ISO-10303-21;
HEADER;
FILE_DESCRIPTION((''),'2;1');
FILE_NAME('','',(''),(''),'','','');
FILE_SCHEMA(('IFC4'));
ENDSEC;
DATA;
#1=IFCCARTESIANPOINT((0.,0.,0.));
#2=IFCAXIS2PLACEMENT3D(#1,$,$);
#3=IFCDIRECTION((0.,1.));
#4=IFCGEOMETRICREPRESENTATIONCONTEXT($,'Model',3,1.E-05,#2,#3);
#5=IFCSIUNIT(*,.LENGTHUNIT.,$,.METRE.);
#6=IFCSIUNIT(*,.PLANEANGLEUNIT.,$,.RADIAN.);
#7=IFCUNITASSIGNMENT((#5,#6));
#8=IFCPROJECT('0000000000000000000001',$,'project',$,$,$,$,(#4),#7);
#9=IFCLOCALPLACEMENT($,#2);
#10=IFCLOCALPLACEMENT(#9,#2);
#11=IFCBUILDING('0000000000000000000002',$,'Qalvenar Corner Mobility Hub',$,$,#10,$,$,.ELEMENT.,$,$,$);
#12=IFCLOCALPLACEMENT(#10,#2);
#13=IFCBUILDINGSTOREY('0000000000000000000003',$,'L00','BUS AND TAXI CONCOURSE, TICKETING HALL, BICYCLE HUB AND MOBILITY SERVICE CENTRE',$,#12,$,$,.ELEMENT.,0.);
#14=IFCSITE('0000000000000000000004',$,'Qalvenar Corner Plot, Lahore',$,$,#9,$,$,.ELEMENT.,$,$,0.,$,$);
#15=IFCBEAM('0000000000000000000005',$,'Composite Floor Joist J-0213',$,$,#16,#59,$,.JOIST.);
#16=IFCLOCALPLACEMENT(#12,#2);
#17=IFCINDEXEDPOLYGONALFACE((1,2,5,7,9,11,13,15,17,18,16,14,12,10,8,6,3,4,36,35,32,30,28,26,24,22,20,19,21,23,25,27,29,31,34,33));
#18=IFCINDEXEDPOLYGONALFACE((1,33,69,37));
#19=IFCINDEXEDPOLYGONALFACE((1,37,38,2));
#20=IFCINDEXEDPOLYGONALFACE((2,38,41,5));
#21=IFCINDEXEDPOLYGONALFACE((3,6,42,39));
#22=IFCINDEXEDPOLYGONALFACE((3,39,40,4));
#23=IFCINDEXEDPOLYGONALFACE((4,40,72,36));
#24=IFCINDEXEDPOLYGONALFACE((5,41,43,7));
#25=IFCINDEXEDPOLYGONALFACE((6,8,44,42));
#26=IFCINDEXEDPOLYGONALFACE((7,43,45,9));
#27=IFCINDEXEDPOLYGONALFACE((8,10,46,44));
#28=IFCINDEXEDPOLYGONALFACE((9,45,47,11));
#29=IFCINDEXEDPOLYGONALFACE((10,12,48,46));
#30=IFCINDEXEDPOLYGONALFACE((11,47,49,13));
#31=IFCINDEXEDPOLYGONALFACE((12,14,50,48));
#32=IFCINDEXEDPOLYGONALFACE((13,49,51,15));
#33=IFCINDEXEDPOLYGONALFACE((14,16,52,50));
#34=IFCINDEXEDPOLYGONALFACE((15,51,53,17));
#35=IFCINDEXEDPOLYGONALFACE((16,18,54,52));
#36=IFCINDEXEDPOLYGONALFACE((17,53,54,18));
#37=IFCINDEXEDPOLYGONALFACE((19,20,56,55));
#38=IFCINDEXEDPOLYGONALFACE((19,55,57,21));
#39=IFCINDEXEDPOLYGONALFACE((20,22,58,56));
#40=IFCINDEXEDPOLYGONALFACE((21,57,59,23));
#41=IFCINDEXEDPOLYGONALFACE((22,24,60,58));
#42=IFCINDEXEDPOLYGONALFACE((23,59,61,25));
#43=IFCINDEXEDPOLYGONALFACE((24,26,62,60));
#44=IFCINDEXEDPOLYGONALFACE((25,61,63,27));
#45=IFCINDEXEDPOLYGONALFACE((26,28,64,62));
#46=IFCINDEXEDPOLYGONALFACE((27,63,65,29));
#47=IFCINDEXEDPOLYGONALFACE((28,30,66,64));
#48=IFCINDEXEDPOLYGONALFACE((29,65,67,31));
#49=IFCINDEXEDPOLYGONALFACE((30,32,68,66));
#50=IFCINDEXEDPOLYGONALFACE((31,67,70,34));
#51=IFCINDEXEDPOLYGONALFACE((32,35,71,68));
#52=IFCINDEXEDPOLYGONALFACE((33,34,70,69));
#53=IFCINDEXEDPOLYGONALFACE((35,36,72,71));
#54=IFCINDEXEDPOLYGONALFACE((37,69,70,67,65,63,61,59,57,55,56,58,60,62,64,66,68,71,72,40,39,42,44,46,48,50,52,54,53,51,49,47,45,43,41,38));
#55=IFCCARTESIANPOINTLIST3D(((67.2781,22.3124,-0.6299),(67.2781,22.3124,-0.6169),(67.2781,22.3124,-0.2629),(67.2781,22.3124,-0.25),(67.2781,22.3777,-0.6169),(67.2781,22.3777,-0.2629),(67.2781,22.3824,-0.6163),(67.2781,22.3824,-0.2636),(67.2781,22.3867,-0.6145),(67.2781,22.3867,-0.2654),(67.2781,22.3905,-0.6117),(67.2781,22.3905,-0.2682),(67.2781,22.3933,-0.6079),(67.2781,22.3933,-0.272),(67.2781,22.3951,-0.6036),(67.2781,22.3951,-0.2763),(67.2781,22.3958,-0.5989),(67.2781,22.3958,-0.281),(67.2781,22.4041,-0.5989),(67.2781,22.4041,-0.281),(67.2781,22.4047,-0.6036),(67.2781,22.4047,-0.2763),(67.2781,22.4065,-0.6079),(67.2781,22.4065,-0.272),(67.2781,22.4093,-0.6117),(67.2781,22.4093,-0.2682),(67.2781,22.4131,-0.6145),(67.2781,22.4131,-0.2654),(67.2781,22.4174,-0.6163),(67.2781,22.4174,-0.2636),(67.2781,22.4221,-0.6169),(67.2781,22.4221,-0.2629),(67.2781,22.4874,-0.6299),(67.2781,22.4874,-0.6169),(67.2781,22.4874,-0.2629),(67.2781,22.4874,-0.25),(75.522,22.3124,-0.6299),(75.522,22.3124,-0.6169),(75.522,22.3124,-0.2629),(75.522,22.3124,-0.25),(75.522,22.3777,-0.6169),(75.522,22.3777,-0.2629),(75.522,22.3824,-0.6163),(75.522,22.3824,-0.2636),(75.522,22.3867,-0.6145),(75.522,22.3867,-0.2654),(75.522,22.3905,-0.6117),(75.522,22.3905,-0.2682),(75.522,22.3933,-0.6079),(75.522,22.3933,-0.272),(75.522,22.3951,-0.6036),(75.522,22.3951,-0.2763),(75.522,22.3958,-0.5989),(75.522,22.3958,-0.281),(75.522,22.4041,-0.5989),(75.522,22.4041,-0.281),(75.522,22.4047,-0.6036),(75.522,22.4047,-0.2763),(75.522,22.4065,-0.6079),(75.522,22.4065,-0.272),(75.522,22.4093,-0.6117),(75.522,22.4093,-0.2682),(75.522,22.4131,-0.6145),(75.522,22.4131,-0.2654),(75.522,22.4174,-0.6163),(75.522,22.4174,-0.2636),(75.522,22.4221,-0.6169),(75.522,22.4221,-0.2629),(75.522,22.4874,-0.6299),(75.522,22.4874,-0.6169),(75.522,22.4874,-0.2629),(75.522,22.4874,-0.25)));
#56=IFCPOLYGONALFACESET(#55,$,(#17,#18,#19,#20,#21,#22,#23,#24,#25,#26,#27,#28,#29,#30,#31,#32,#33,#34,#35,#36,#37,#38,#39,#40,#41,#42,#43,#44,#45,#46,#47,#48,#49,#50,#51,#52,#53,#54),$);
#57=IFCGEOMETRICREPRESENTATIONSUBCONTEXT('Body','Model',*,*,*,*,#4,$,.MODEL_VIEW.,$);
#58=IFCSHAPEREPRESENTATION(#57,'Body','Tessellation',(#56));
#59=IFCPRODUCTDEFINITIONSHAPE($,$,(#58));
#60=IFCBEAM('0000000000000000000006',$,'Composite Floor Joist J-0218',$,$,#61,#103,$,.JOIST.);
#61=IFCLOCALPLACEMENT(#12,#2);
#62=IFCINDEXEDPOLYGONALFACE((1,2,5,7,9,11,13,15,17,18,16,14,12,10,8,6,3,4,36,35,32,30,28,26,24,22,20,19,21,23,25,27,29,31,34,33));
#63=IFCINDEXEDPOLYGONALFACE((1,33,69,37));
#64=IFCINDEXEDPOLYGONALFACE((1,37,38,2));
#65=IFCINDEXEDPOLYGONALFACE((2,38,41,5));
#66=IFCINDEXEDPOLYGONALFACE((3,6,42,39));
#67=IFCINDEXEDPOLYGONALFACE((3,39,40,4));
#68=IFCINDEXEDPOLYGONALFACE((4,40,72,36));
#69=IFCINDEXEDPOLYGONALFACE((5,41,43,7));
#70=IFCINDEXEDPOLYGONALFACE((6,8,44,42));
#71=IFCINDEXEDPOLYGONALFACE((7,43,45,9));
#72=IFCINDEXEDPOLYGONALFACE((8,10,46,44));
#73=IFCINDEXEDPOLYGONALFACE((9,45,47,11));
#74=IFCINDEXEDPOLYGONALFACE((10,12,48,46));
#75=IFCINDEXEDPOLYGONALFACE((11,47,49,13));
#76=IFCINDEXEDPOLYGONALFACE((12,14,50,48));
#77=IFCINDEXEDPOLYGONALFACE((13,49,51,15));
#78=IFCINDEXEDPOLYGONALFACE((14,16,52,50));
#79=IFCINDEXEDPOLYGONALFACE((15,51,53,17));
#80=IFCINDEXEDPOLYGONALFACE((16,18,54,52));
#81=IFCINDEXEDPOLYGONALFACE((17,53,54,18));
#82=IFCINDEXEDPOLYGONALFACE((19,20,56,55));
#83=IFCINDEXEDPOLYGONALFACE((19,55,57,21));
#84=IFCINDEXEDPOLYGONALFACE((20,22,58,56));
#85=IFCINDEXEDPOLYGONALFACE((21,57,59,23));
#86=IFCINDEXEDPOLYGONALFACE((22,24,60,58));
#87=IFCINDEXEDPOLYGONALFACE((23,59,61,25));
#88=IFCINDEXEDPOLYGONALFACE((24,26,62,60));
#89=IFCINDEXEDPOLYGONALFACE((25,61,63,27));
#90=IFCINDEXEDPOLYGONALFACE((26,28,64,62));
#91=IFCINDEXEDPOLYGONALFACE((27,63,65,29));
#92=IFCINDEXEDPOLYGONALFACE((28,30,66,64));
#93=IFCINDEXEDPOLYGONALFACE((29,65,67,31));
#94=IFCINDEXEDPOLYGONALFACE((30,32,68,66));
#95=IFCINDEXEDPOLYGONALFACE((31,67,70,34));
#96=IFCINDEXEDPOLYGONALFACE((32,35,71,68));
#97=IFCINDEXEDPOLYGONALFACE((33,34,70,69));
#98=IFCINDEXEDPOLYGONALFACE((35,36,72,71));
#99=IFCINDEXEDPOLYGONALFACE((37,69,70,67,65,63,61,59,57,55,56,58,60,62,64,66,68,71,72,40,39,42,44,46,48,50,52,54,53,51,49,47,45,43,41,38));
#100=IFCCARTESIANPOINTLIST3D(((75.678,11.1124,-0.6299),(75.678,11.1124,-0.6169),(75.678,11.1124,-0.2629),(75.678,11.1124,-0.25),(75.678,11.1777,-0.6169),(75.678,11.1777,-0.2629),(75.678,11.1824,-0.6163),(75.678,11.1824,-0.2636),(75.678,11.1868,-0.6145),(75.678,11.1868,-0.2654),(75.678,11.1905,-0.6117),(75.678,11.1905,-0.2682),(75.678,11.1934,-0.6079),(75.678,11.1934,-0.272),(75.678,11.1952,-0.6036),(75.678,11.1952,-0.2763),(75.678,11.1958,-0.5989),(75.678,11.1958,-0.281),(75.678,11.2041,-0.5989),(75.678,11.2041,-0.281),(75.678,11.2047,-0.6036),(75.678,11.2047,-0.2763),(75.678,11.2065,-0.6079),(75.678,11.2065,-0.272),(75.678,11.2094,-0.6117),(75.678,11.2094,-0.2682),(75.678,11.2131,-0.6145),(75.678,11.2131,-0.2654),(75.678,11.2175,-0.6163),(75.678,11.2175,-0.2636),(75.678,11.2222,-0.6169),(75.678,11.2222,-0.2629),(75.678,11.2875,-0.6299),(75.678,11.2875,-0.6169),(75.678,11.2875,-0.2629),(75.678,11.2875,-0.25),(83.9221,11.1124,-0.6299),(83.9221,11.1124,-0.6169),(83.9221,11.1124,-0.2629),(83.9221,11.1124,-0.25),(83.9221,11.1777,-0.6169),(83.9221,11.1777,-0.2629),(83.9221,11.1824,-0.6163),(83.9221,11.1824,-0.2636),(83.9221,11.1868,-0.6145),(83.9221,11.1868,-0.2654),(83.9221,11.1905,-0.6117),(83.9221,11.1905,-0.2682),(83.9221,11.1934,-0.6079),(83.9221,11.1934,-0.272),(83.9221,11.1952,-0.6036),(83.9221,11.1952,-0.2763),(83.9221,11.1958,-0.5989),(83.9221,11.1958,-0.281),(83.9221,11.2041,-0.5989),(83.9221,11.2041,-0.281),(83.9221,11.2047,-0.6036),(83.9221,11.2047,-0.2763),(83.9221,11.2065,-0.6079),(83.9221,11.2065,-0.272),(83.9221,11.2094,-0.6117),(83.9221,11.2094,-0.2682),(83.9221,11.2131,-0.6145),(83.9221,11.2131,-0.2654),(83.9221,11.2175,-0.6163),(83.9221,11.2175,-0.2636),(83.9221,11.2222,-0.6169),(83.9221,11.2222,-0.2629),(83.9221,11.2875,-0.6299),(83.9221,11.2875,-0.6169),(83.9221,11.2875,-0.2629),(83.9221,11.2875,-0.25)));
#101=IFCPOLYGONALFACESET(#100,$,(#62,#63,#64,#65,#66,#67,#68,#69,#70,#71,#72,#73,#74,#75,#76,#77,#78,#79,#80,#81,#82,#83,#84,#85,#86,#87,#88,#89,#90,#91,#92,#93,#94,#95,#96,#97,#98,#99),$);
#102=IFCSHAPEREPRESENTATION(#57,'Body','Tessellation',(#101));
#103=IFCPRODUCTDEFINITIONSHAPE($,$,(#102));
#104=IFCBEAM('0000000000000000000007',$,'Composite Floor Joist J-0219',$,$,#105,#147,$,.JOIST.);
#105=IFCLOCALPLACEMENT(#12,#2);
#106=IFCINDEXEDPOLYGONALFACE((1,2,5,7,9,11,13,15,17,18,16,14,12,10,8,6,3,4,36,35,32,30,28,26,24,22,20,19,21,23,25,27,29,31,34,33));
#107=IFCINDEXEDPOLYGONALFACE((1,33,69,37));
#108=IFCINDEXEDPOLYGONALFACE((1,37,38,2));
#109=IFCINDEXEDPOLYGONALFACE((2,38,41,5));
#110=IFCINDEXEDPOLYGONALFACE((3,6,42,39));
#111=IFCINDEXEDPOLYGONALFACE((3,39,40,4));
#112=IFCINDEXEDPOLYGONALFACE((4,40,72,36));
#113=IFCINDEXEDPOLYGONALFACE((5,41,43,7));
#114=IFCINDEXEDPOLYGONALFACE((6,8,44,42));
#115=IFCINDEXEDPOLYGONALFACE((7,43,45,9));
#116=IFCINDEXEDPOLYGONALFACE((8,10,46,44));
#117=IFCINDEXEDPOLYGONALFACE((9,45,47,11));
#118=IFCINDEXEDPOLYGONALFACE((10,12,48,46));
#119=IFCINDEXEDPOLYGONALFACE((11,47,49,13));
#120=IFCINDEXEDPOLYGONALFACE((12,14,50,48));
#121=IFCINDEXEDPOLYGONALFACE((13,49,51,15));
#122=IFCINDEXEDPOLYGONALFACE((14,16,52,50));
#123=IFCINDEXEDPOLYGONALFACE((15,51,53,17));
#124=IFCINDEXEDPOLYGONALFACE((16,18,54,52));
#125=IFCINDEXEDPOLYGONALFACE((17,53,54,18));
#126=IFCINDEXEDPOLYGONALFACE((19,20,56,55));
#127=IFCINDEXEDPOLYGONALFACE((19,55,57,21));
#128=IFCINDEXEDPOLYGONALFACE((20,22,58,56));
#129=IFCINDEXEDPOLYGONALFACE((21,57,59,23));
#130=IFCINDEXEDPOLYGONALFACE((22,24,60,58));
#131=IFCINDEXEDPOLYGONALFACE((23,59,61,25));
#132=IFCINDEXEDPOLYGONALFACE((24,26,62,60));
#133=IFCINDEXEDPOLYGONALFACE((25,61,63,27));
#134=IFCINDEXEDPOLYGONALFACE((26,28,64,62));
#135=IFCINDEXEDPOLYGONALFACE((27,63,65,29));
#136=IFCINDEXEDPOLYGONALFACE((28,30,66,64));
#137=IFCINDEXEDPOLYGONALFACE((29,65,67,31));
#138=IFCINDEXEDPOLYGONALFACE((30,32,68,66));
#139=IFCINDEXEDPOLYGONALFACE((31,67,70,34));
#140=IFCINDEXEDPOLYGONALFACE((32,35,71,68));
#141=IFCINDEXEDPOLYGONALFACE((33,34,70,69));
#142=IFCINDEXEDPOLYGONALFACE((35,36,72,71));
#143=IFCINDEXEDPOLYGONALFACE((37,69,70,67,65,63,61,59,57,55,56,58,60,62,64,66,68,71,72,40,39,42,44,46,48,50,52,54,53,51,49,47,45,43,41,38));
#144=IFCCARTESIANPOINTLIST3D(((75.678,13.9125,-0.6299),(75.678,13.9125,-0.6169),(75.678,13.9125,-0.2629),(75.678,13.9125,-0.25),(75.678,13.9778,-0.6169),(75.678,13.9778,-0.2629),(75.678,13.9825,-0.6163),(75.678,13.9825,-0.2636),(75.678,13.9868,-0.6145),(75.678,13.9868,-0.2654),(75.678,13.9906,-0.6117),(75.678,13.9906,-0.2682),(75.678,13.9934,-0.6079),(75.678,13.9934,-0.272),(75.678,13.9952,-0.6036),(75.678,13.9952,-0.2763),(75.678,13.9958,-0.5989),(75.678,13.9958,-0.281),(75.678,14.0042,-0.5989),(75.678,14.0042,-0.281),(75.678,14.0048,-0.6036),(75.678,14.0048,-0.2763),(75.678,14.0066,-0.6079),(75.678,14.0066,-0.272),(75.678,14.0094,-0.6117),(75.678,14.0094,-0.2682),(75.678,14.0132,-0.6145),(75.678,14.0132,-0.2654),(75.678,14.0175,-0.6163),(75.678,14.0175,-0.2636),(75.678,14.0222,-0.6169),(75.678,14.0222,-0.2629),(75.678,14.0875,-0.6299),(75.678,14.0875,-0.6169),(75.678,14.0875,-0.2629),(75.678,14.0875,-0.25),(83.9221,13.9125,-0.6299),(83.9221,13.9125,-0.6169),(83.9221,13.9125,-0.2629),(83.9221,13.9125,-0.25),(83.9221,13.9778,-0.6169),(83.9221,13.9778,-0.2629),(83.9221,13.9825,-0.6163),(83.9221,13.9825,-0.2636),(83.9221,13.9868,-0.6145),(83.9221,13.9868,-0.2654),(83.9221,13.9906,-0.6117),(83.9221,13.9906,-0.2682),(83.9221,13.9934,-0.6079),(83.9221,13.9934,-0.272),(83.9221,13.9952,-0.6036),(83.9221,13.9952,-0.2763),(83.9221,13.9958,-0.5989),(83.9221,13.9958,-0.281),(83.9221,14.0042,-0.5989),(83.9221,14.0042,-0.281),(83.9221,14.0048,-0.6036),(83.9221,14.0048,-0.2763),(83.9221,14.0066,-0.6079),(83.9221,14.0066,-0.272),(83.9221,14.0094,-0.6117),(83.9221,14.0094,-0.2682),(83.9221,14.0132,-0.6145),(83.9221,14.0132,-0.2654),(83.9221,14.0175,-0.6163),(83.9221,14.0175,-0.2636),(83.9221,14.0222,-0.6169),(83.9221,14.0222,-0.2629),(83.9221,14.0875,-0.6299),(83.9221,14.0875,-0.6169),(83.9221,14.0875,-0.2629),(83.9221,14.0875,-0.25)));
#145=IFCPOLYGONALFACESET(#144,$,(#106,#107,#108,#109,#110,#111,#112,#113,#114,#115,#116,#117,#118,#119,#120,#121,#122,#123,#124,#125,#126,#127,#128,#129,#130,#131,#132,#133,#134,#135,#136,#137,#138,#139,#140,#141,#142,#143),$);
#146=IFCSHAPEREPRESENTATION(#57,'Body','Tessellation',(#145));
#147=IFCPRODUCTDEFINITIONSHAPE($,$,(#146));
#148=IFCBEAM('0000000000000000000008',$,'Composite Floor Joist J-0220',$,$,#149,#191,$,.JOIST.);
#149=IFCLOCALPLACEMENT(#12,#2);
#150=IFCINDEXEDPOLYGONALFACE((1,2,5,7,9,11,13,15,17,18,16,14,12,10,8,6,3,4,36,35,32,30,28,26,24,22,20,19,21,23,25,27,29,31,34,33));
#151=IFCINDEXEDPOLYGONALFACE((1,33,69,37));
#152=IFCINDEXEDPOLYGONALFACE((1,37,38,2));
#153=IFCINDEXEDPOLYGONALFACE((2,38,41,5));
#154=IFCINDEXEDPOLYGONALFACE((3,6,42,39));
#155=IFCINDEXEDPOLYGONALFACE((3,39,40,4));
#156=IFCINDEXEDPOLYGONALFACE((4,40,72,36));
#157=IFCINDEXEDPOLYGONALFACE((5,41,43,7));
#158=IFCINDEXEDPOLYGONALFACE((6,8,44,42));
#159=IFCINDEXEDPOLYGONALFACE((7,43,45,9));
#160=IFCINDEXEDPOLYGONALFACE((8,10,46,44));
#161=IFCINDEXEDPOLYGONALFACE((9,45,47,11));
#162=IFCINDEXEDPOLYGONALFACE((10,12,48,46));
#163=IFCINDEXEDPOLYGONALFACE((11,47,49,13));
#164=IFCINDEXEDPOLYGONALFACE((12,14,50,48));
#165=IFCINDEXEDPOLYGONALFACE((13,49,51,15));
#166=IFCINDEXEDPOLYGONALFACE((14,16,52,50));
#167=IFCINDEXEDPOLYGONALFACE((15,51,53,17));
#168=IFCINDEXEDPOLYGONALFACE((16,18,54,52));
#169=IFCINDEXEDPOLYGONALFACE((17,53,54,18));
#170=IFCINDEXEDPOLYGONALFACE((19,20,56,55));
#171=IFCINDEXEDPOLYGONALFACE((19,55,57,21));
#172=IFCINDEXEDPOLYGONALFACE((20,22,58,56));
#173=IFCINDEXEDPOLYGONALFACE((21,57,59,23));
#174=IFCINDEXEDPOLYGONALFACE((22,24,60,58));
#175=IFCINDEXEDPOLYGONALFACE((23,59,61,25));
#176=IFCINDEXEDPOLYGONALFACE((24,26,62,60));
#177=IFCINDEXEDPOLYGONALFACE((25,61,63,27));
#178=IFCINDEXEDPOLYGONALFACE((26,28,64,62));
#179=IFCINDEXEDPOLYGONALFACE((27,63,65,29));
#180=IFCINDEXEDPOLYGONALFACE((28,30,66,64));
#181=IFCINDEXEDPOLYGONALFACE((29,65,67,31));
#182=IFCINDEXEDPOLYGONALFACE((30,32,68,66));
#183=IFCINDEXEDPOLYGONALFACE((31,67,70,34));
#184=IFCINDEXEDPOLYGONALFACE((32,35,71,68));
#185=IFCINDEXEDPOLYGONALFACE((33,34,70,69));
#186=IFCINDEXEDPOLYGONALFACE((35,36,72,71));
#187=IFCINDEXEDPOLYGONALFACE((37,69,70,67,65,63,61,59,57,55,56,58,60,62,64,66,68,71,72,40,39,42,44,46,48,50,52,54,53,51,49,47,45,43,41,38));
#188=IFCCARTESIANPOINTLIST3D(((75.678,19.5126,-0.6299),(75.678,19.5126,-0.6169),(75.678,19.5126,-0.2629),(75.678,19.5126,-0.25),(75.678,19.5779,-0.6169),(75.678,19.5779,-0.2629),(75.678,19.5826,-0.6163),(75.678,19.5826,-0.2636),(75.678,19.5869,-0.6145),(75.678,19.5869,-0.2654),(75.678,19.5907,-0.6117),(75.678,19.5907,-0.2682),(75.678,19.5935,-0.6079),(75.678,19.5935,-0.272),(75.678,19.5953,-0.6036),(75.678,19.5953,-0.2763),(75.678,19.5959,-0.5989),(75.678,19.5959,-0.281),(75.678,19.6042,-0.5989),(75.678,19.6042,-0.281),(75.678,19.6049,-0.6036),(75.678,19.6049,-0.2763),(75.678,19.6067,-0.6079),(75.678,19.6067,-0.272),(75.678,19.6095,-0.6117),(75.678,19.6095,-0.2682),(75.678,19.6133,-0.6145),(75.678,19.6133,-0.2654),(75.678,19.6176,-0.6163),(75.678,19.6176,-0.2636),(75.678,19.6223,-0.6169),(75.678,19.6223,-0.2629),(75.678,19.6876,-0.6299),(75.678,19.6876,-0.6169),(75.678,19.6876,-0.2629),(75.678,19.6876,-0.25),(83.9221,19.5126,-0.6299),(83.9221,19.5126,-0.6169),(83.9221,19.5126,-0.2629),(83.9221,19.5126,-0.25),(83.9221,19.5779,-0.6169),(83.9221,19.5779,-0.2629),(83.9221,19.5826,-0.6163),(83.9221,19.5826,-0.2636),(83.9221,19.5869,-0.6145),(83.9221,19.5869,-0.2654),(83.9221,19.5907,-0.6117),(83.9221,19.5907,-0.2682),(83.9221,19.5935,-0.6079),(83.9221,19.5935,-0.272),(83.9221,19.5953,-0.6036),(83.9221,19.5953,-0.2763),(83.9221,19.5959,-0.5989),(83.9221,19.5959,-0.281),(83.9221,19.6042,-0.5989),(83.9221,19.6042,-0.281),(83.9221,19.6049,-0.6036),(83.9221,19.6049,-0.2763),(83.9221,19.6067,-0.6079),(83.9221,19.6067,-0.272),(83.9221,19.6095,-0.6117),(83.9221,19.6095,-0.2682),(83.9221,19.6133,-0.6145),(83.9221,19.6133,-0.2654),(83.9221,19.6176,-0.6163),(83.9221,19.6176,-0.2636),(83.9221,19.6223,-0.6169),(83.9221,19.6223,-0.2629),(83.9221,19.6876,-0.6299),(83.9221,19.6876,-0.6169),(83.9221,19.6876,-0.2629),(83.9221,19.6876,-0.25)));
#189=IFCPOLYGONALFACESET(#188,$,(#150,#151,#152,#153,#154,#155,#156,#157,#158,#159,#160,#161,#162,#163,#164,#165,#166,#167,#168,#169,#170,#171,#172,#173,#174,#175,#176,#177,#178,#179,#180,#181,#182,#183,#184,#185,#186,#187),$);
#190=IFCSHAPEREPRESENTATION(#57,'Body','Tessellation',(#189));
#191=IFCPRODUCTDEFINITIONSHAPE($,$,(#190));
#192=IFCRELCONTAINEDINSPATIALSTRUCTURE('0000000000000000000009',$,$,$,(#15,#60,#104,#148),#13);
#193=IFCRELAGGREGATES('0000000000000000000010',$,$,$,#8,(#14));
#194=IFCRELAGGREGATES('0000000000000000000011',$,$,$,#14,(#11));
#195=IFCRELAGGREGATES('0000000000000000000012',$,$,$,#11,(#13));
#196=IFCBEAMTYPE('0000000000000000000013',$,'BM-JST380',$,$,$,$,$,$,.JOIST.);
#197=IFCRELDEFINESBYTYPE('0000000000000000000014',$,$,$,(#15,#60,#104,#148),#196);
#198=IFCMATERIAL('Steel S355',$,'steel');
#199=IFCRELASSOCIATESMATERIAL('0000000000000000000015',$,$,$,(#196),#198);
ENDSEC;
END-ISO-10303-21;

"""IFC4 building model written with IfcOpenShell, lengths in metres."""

from ifc_helpers import new_model, si_unit, direction, frame, origin, origin_2d, place, context, subcontext, project, spatial, i_section, extrude, material, material_profile, profile_set, type_object, element, save


model = new_model("IFC4")

# Units and contexts
model_context = context("Model", 3, precision=1e-05, world=origin(), true_north=direction((0.0, 1.0)))
body_context = subcontext(model_context, "Body", "Model", "MODEL_VIEW")
ifc_project = project(units=[si_unit("LENGTHUNIT", "METRE"), si_unit("PLANEANGLEUNIT", "RADIAN")], contexts=[model_context])

# Site, building, storey
site_placement = place(None, origin())
site = spatial("IfcSite", under=ifc_project, at=site_placement, Name="Qalvenar Corner Plot, Lahore", CompositionType="ELEMENT", RefElevation=0.0)
building_placement = place(site_placement, origin())
building = spatial("IfcBuilding", under=site, at=building_placement, Name="Qalvenar Corner Mobility Hub", CompositionType="ELEMENT")
storey_placement = place(building_placement, origin())
storey = spatial("IfcBuildingStorey", under=building, at=storey_placement, Name="L00", Description="BUS AND TAXI CONCOURSE, TICKETING HALL, BICYCLE HUB AND MOBILITY SERVICE CENTRE", CompositionType="ELEMENT", Elevation=0.0)

# Shared definitions
ifc_material_1 = material(Name="Steel S355", Category="steel")

# Beams
ifc_material_profile_1 = material_profile(ifc_material_1, i_section(OverallWidth=0.175, OverallDepth=0.3799, WebThickness=0.0083, FlangeThickness=0.0129, FilletRadius=0.0181, at=origin_2d()), Name="IPE380-EQ")
ifc_profile_set_1 = profile_set([ifc_material_profile_1], Name="Steel S355")
beam_type_1 = type_object("IfcBeamType", Name="BM-JST380", PredefinedType="JOIST", material=ifc_profile_set_1)
for number, where, z_axis, x_axis, name in (
    (1, (67.2781, 22.3999, -0.4399), (1.0, 0.0, 0.0), (0.0, 1.0, 0.0), "Composite Floor Joist J-0213"),
):
    element("IfcBeam", number, at=place(storey_placement, frame(where, z_axis=z_axis, x_axis=x_axis)), inside=storey, type_object=beam_type_1, Name=name, PredefinedType="JOIST", context=body_context, shape_type="SweptSolid", body=[
        extrude(i_section(OverallWidth=0.175, OverallDepth=0.3799, WebThickness=0.0083, FlangeThickness=0.0129, FilletRadius=0.0181, at=origin_2d()), origin(), (0.0, 0.0, 1.0), 8.2439),
    ])
for number, where, z_axis, x_axis, name in (
    (2, (75.678, 11.2, -0.4399), (1.0, 0.0, 0.0), (0.0, 1.0, 0.0), "Composite Floor Joist J-0218"),
    (3, (75.678, 14.0, -0.4399), (1.0, 0.0, 0.0), (0.0, 1.0, 0.0), "Composite Floor Joist J-0219"),
    (4, (75.678, 19.6001, -0.4399), (1.0, 0.0, 0.0), (0.0, 1.0, 0.0), "Composite Floor Joist J-0220"),
):
    element("IfcBeam", number, at=place(storey_placement, frame(where, z_axis=z_axis, x_axis=x_axis)), inside=storey, type_object=beam_type_1, Name=name, PredefinedType="JOIST", context=body_context, shape_type="SweptSolid", body=[
        extrude(i_section(OverallWidth=0.175, OverallDepth=0.3799, WebThickness=0.0083, FlangeThickness=0.0129, FilletRadius=0.0181, at=origin_2d()), origin(), (0.0, 0.0, 1.0), 8.2441),
    ])

save(model, "model.ifc")
